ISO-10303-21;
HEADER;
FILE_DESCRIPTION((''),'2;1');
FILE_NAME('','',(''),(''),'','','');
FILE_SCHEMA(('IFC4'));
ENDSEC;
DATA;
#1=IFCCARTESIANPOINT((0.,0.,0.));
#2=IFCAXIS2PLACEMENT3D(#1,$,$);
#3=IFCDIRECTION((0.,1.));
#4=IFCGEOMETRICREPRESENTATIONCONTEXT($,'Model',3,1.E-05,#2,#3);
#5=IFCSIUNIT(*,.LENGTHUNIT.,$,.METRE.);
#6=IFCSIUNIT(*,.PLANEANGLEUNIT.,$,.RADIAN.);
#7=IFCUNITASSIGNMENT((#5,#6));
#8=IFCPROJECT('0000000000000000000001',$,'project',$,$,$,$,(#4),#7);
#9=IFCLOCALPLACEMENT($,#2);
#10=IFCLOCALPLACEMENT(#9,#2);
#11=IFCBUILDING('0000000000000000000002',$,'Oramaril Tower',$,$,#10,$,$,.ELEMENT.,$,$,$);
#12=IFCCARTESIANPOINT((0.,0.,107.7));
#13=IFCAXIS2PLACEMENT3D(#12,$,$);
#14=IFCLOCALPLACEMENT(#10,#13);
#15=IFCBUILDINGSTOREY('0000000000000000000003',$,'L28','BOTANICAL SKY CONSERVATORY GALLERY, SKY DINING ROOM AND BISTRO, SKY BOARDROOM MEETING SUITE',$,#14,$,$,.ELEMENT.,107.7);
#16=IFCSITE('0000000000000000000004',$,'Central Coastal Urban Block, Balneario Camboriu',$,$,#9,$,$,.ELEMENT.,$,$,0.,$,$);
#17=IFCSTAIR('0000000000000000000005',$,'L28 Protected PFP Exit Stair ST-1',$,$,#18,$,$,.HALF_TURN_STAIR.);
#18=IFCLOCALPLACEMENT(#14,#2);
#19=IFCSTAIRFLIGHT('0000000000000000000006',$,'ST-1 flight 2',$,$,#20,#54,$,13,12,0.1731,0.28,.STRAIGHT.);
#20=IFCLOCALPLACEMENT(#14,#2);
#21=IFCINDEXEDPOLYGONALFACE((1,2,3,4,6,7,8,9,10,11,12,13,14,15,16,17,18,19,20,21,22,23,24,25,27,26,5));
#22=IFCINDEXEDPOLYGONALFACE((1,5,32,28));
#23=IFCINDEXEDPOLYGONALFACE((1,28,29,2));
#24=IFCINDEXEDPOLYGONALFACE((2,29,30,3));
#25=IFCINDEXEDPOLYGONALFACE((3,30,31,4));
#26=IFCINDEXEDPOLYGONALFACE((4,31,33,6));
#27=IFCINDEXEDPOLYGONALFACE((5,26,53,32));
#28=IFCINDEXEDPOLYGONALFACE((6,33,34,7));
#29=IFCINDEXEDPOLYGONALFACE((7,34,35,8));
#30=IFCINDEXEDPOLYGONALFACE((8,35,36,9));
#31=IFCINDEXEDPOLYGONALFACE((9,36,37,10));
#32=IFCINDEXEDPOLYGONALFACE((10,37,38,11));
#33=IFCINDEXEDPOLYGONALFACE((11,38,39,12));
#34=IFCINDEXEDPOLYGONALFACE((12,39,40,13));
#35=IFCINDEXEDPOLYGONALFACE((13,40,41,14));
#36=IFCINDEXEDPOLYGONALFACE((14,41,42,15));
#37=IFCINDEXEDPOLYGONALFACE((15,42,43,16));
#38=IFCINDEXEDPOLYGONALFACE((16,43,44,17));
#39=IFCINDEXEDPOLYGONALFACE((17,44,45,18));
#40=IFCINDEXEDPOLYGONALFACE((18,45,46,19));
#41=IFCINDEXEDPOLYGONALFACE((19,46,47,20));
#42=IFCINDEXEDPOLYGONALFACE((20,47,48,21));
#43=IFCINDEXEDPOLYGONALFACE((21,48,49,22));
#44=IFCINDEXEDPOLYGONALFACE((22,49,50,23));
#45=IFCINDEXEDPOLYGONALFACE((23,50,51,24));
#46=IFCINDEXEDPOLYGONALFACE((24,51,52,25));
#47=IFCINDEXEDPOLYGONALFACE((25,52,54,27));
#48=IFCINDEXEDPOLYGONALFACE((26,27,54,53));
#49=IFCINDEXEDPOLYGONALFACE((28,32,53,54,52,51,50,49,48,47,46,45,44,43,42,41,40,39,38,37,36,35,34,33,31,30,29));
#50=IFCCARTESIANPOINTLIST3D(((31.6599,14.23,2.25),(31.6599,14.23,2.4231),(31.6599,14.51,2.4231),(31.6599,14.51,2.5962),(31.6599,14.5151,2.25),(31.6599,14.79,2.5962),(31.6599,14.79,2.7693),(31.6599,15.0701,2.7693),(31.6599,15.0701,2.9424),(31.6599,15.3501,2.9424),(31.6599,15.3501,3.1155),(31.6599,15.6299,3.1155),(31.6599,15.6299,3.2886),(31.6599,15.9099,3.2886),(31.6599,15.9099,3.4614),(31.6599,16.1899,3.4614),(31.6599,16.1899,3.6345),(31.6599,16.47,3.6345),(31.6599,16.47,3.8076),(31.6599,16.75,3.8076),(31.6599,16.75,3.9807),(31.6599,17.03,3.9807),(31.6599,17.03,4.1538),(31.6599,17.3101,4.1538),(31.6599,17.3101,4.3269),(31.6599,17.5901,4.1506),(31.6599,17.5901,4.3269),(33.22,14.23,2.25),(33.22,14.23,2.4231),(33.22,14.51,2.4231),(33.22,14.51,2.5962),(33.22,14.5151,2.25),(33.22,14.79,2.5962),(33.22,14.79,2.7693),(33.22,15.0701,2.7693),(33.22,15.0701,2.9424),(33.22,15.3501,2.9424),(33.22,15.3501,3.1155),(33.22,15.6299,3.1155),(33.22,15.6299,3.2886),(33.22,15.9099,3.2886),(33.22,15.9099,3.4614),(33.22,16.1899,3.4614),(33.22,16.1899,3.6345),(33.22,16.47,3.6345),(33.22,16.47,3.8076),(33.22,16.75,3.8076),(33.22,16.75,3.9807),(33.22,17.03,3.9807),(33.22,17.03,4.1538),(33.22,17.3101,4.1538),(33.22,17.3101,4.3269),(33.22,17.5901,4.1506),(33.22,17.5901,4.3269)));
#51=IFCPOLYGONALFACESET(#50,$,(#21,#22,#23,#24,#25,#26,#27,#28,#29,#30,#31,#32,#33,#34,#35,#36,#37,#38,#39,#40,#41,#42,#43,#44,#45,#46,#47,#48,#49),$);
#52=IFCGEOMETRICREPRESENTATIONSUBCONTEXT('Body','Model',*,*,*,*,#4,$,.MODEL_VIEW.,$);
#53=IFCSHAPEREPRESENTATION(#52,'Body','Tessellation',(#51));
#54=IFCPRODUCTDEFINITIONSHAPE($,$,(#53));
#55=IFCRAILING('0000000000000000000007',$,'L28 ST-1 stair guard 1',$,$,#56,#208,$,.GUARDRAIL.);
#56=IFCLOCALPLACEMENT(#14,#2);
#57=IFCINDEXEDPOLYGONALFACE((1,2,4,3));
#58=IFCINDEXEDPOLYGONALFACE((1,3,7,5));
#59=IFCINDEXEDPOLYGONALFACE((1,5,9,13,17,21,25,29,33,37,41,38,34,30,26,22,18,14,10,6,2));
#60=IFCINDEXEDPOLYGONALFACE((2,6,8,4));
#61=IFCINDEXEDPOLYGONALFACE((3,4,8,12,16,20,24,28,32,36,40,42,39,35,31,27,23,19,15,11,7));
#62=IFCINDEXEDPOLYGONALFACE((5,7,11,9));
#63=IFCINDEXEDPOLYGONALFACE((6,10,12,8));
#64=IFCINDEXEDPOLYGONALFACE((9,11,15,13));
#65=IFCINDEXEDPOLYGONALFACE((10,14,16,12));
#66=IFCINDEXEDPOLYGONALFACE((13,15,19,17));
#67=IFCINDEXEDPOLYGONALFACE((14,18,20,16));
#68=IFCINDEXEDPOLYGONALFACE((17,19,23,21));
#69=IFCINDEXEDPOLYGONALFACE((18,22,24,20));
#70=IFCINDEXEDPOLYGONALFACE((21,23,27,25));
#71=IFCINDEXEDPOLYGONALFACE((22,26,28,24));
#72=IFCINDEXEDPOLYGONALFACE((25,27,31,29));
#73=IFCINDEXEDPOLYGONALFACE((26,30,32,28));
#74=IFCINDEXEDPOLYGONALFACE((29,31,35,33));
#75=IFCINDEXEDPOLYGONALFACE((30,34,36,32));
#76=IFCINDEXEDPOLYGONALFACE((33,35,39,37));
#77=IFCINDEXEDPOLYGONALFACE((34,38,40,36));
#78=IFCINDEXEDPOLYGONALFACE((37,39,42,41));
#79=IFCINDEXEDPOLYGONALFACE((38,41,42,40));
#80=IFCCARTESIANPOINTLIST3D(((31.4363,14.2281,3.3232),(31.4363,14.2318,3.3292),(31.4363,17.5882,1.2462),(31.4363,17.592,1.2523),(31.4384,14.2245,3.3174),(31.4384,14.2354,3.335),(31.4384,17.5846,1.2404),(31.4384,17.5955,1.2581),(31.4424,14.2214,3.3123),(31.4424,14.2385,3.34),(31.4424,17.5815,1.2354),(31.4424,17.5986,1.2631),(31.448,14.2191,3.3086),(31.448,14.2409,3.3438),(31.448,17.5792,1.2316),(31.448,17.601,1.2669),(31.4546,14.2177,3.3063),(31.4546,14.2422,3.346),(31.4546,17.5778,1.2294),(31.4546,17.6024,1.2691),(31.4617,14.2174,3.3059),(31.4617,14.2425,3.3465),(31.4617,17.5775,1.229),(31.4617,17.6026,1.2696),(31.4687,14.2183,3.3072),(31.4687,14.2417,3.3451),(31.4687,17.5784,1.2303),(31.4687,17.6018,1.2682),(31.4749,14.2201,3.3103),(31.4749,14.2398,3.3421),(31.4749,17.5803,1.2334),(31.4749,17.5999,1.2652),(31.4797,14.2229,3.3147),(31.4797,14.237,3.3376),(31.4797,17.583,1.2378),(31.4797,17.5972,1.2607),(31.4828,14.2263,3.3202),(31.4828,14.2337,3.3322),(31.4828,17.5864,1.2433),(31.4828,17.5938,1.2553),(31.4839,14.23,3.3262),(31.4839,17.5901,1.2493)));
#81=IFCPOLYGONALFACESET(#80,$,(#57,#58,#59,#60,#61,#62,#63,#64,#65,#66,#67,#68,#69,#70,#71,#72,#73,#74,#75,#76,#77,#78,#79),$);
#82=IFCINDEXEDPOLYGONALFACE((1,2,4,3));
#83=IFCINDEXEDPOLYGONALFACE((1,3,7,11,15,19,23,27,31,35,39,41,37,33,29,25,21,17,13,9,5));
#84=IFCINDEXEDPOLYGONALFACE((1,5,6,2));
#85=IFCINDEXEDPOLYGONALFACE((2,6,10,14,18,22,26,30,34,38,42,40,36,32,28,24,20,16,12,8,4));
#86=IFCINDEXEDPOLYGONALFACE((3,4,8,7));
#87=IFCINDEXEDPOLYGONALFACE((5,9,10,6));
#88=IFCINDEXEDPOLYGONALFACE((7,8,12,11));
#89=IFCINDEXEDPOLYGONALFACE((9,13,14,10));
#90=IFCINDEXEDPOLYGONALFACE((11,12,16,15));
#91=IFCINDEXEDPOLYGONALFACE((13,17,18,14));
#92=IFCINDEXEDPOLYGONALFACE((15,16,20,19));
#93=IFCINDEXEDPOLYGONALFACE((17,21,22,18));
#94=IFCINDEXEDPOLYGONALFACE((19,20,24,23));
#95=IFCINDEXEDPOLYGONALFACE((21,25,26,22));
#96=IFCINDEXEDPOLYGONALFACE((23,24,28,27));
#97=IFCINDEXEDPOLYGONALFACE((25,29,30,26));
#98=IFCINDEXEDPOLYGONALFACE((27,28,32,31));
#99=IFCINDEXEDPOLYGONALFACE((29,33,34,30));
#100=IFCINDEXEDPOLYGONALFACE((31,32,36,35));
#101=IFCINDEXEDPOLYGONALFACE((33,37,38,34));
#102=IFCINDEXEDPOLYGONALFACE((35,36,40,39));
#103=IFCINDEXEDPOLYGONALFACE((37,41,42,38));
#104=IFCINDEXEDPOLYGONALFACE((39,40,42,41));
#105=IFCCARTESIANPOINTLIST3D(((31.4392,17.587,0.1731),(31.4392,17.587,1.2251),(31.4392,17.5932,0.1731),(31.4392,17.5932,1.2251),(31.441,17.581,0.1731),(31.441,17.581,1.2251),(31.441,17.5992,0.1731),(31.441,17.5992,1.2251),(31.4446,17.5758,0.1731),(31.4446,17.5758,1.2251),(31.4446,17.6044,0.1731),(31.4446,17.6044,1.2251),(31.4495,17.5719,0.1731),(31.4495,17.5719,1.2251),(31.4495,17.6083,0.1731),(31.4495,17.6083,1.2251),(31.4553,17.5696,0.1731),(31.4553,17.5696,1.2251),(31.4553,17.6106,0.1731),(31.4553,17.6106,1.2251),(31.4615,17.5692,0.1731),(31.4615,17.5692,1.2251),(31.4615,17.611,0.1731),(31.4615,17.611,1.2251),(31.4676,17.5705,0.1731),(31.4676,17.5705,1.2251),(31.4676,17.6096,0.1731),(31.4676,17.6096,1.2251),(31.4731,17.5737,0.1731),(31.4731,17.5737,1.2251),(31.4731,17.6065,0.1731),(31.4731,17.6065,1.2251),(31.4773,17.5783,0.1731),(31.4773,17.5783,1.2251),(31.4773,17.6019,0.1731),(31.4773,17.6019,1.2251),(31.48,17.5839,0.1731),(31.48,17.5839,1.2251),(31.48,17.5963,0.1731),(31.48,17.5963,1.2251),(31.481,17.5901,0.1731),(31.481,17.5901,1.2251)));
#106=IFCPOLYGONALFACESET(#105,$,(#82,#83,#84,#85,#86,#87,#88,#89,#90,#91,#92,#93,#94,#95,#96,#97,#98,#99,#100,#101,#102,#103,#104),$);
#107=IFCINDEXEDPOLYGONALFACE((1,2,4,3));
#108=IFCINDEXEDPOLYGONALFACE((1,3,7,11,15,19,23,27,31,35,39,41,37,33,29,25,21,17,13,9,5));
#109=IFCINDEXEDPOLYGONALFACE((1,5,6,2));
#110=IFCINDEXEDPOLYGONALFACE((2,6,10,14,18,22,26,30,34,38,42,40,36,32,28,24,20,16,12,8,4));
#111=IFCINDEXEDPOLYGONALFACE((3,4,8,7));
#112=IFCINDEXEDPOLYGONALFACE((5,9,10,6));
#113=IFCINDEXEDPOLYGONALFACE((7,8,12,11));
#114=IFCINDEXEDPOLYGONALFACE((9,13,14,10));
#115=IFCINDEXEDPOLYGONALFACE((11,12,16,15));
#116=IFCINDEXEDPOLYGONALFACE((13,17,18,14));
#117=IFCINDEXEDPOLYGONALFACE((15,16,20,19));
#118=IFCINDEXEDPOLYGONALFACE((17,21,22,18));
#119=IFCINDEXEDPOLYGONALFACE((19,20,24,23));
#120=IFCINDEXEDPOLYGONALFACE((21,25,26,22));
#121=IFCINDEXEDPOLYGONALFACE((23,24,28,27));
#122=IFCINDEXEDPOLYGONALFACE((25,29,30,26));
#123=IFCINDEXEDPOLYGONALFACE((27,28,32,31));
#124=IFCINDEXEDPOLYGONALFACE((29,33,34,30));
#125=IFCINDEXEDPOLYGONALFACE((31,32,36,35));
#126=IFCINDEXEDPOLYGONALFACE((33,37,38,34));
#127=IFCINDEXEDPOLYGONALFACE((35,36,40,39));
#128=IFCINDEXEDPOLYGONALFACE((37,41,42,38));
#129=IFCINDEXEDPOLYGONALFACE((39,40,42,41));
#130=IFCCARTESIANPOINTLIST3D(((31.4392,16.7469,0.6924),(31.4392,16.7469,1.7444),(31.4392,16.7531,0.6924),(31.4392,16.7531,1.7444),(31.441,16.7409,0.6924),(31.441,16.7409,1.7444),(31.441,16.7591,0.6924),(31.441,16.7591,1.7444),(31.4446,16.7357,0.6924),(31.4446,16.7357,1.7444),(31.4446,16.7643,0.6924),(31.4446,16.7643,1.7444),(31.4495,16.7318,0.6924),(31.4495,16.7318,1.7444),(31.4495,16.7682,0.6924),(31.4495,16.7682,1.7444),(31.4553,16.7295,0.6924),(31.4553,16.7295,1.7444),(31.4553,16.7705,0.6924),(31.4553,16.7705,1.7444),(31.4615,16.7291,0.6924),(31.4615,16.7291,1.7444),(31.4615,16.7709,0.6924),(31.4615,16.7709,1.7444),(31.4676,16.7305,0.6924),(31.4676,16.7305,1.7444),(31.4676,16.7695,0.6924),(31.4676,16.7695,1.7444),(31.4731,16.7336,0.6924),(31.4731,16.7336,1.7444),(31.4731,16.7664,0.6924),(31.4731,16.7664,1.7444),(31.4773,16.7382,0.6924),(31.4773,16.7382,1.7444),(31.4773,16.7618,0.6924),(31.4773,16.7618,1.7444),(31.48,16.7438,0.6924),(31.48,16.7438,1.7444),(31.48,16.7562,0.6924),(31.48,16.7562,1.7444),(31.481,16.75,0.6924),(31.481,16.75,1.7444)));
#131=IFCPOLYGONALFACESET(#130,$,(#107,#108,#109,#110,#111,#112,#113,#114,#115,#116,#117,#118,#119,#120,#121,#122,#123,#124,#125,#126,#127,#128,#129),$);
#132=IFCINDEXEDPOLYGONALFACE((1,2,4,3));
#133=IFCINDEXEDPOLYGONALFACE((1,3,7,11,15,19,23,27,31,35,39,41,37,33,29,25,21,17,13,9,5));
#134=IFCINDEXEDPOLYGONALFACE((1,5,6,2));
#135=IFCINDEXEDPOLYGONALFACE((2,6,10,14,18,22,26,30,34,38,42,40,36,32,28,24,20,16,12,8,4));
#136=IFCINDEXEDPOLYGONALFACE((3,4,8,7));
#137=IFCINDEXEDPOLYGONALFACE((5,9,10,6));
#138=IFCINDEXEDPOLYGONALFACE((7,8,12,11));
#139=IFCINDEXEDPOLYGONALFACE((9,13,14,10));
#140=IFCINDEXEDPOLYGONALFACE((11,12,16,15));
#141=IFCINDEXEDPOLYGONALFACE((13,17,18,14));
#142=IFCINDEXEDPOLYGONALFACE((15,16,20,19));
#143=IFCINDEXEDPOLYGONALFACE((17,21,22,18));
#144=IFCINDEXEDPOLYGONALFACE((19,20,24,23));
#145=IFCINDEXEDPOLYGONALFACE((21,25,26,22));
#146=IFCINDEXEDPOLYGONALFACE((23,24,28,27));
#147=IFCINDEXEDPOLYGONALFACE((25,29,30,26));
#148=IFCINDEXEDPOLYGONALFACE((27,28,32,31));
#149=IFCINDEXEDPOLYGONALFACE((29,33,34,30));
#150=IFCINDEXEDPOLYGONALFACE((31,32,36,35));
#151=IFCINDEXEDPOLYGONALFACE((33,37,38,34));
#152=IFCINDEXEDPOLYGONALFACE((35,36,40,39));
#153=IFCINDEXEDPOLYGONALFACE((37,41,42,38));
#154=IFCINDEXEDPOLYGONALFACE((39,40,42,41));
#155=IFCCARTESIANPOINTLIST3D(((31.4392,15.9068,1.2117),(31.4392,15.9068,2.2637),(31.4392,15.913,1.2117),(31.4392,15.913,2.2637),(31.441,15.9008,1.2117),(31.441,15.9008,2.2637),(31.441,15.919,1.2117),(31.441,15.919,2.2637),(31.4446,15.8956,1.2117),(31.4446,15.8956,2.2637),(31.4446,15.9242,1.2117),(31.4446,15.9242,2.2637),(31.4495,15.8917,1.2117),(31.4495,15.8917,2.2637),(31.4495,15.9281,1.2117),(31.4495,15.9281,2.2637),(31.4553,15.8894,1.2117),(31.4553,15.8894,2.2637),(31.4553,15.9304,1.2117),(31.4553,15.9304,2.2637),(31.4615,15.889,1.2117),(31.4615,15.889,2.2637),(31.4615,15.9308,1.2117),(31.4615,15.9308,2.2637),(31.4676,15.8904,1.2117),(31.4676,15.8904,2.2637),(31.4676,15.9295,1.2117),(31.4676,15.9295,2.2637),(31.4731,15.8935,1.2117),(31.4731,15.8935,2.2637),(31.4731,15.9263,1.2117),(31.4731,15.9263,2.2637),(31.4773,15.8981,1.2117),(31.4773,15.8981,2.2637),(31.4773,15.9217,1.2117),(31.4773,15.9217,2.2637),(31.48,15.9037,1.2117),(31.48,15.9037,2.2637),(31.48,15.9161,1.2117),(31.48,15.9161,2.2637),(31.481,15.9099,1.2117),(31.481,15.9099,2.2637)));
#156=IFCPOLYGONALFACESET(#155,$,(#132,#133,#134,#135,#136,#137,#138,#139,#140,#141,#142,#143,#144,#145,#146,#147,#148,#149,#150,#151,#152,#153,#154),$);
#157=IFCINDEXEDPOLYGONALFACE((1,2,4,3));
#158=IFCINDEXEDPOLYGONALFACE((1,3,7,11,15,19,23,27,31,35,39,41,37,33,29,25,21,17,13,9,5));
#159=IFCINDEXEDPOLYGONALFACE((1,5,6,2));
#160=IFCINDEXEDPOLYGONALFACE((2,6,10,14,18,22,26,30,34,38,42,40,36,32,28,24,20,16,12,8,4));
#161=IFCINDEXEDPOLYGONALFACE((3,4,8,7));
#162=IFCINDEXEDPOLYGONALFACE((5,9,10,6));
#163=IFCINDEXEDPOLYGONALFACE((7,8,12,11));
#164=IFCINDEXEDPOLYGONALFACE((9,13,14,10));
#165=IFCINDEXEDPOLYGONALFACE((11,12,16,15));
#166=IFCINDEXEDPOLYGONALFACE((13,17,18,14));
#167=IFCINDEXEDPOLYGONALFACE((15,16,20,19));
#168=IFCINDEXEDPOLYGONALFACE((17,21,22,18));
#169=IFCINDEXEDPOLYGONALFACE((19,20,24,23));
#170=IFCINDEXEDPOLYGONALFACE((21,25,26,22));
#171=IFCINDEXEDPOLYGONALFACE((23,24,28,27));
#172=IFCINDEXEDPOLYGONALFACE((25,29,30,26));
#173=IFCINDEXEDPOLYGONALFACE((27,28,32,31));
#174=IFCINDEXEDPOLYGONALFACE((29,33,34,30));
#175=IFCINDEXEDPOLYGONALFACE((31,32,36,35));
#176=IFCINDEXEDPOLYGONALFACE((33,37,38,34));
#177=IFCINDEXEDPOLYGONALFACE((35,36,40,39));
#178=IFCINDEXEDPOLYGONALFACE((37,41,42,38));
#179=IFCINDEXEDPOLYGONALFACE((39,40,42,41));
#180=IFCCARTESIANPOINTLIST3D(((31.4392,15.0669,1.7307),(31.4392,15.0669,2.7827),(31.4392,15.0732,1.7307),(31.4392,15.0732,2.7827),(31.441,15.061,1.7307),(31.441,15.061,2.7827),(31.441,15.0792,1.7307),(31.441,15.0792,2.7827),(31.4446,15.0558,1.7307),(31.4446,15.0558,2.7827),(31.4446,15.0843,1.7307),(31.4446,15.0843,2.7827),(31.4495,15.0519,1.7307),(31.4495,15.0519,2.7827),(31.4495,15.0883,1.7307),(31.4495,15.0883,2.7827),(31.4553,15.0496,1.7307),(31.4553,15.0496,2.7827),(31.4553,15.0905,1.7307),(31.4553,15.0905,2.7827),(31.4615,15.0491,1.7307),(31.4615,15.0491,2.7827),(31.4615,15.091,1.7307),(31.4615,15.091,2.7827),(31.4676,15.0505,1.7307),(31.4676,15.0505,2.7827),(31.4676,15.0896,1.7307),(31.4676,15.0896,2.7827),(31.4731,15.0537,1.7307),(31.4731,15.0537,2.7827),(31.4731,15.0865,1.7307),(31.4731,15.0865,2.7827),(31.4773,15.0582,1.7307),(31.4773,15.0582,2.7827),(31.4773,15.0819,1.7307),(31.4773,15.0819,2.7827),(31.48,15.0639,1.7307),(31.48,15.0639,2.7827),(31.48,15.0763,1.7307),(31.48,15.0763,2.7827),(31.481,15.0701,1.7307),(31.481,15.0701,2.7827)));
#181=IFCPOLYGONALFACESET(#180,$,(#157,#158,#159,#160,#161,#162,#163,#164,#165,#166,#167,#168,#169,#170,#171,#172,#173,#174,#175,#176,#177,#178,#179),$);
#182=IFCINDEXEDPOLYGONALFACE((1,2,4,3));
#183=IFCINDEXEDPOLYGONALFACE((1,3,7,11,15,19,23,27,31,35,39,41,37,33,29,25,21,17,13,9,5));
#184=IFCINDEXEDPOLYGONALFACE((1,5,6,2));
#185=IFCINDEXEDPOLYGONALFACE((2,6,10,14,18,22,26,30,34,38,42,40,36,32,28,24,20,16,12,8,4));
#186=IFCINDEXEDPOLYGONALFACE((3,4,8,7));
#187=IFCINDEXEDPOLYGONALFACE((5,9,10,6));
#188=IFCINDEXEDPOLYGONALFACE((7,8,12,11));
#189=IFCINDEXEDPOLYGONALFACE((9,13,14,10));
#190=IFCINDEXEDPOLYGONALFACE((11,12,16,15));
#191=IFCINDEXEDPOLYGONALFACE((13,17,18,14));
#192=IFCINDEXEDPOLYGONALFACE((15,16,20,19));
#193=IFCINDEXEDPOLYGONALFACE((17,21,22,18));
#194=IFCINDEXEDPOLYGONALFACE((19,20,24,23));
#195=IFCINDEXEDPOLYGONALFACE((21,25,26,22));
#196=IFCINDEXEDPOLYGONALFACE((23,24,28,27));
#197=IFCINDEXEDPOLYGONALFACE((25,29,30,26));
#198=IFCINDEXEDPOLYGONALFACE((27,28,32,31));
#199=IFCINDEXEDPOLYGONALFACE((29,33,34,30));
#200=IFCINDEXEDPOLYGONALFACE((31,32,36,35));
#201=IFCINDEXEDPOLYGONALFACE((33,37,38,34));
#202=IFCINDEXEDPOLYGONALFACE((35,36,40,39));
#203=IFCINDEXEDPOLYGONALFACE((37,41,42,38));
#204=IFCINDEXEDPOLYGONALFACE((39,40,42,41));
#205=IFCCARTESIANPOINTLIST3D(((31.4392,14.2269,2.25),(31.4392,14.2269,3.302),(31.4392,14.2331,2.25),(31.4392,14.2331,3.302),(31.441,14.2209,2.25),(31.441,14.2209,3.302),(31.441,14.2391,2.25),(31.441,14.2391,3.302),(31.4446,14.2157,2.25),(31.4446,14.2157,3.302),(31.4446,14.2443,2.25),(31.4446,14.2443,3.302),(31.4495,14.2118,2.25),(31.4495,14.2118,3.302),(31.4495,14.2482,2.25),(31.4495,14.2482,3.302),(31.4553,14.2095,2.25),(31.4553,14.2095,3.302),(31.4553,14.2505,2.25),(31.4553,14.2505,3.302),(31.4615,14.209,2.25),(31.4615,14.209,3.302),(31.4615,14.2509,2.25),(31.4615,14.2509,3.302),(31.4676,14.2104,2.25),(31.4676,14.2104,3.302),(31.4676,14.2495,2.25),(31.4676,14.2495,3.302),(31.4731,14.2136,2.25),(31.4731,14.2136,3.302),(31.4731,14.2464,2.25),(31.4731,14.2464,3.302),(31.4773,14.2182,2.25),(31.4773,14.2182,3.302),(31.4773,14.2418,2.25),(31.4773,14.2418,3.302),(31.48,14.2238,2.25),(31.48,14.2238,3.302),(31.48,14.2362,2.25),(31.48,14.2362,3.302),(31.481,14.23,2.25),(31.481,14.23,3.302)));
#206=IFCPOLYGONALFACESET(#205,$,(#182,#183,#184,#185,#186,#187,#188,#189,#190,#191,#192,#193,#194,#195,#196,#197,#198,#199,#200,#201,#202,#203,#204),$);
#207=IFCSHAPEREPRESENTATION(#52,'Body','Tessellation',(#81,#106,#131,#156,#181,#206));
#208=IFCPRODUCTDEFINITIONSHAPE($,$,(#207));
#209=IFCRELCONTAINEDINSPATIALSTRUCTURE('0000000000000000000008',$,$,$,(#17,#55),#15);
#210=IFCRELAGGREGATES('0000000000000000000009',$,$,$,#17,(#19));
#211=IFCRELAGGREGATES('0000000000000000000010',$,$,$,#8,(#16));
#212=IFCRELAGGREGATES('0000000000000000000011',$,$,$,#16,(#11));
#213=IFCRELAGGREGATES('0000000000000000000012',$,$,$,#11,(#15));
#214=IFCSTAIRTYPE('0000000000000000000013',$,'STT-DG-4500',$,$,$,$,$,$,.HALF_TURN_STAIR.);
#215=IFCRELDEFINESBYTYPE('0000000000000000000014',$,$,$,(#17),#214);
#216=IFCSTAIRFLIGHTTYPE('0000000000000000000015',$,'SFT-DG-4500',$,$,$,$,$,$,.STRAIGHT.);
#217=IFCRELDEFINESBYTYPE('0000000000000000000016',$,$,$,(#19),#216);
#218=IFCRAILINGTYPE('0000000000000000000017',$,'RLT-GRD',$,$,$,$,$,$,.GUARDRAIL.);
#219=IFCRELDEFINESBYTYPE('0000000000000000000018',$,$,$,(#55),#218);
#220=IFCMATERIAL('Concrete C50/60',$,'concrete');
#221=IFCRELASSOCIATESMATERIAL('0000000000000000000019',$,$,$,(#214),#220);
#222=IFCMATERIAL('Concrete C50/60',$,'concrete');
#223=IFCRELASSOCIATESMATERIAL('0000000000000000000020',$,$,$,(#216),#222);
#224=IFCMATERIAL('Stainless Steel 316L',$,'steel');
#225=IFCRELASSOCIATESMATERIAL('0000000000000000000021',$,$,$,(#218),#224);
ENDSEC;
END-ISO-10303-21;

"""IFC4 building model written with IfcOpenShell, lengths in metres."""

from ifc_helpers import new_model, si_unit, direction, frame, origin, origin_2d, place, context, subcontext, project, spatial, polyline, circle, outline, extrude, material, type_object, element, aggregate, save


model = new_model("IFC4")

# Units and contexts
model_context = context("Model", 3, precision=1e-05, world=origin(), true_north=direction((0.0, 1.0)))
body_context = subcontext(model_context, "Body", "Model", "MODEL_VIEW")
ifc_project = project(units=[si_unit("LENGTHUNIT", "METRE"), si_unit("PLANEANGLEUNIT", "RADIAN")], contexts=[model_context])

# Site, building, storey
site_placement = place(None, origin())
site = spatial("IfcSite", under=ifc_project, at=site_placement, Name="Central Coastal Urban Block, Balneario Camboriu", CompositionType="ELEMENT", RefElevation=0.0)
building_placement = place(site_placement, origin())
building = spatial("IfcBuilding", under=site, at=building_placement, Name="Oramaril Tower", CompositionType="ELEMENT")
storey_placement = place(building_placement, frame((0.0, 0.0, 107.7)))
storey = spatial("IfcBuildingStorey", under=building, at=storey_placement, Name="L28", Description="BOTANICAL SKY CONSERVATORY GALLERY, SKY DINING ROOM AND BISTRO, SKY BOARDROOM MEETING SUITE", CompositionType="ELEMENT", Elevation=107.7)

# Stair, stair flight
ifc_material_1 = material(Name="Concrete C50/60", Category="concrete")
stair_type = type_object("IfcStairType", Name="STT-DG-4500", PredefinedType="HALF_TURN_STAIR", material=ifc_material_1)
stair_placement = place(storey_placement, origin())
stair = element("IfcStair", 1, at=stair_placement, inside=storey, type_object=stair_type, Name="L28 Protected PFP Exit Stair ST-1", PredefinedType="HALF_TURN_STAIR")
ifc_material_2 = material(Name="Concrete C50/60", Category="concrete")
stair_flight_type = type_object("IfcStairFlightType", Name="SFT-DG-4500", PredefinedType="STRAIGHT", material=ifc_material_2)
stair_flight_1_placement = place(storey_placement, frame((32.4399, 14.23, 2.25), z_axis=(0.0, 0.0, 1.0), x_axis=(0.0, 1.0, 0.0)))
stair_flight_1 = element("IfcStairFlight", 2, at=stair_flight_1_placement, type_object=stair_flight_type, Name="ST-1 flight 2", NumberOfRisers=13, NumberOfTreads=12, PredefinedType="STRAIGHT", RiserHeight=0.1731, TreadLength=0.28, context=body_context, shape_type="SweptSolid", body=[
    extrude(outline(polyline([(0.0, 0.0), (0.0, 0.1731), (0.28, 0.1731), (0.28, 0.3462), (0.5601, 0.3462), (0.5601, 0.5193), (0.8401, 0.5193), (0.8401, 0.6924), (1.1201, 0.6924), (1.1201, 0.8655), (1.3999, 0.8655), (1.3999, 1.0386), (1.6799, 1.0386), (1.6799, 1.2114), (1.96, 1.2114), (1.96, 1.3845), (2.24, 1.3845), (2.24, 1.5576), (2.52, 1.5576), (2.52, 1.7307), (2.8, 1.7307), (2.8, 1.9038), (3.0801, 1.9038), (3.0801, 2.0769), (3.3601, 2.0769), (3.3601, 2.25), (3.3601, 1.9006), (0.2852, 0.0), (0.0, 0.0)])), frame((0.0, 0.78, 0.0), z_axis=(0.0, -1.0, 0.0), x_axis=(1.0, 0.0, 0.0)), (0.0, 0.0, 1.0), 1.5601),
])
aggregate(stair, [stair_flight_1])

# Railing
ifc_material_3 = material(Name="Stainless Steel 316L", Category="steel")
railing_type_1 = type_object("IfcRailingType", Name="RLT-GRD", PredefinedType="GUARDRAIL", material=ifc_material_3)
railing_1_placement = place(storey_placement, frame((31.46, 17.5901, 0.1731)))
element("IfcRailing", 3, at=railing_1_placement, inside=storey, type_object=railing_type_1, Name="L28 ST-1 stair guard 1", PredefinedType="GUARDRAIL", context=body_context, shape_type="SweptSolid", body=[
    extrude(circle(Radius=0.0239, at=origin_2d()), frame((0.0, 0.0, 1.0762), z_axis=(0.0, -0.850623, 0.525776), x_axis=(1.0, 0.0, 0.0)), (0.0, 0.0, 1.0), 3.9502),
    extrude(circle(Radius=0.021, at=origin_2d()), origin(), (0.0, 0.0, 1.0), 1.052),
    extrude(circle(Radius=0.021, at=origin_2d()), frame((0.0, -0.8401, 0.5193)), (0.0, 0.0, 1.0), 1.052),
    extrude(circle(Radius=0.021, at=origin_2d()), frame((0.0, -1.6802, 1.0386)), (0.0, 0.0, 1.0), 1.052),
    extrude(circle(Radius=0.021, at=origin_2d()), frame((0.0, -2.52, 1.5576)), (0.0, 0.0, 1.0), 1.052),
    extrude(circle(Radius=0.021, at=origin_2d()), frame((0.0, -3.3601, 2.0769)), (0.0, 0.0, 1.0), 1.052),
])

save(model, "model.ifc")
